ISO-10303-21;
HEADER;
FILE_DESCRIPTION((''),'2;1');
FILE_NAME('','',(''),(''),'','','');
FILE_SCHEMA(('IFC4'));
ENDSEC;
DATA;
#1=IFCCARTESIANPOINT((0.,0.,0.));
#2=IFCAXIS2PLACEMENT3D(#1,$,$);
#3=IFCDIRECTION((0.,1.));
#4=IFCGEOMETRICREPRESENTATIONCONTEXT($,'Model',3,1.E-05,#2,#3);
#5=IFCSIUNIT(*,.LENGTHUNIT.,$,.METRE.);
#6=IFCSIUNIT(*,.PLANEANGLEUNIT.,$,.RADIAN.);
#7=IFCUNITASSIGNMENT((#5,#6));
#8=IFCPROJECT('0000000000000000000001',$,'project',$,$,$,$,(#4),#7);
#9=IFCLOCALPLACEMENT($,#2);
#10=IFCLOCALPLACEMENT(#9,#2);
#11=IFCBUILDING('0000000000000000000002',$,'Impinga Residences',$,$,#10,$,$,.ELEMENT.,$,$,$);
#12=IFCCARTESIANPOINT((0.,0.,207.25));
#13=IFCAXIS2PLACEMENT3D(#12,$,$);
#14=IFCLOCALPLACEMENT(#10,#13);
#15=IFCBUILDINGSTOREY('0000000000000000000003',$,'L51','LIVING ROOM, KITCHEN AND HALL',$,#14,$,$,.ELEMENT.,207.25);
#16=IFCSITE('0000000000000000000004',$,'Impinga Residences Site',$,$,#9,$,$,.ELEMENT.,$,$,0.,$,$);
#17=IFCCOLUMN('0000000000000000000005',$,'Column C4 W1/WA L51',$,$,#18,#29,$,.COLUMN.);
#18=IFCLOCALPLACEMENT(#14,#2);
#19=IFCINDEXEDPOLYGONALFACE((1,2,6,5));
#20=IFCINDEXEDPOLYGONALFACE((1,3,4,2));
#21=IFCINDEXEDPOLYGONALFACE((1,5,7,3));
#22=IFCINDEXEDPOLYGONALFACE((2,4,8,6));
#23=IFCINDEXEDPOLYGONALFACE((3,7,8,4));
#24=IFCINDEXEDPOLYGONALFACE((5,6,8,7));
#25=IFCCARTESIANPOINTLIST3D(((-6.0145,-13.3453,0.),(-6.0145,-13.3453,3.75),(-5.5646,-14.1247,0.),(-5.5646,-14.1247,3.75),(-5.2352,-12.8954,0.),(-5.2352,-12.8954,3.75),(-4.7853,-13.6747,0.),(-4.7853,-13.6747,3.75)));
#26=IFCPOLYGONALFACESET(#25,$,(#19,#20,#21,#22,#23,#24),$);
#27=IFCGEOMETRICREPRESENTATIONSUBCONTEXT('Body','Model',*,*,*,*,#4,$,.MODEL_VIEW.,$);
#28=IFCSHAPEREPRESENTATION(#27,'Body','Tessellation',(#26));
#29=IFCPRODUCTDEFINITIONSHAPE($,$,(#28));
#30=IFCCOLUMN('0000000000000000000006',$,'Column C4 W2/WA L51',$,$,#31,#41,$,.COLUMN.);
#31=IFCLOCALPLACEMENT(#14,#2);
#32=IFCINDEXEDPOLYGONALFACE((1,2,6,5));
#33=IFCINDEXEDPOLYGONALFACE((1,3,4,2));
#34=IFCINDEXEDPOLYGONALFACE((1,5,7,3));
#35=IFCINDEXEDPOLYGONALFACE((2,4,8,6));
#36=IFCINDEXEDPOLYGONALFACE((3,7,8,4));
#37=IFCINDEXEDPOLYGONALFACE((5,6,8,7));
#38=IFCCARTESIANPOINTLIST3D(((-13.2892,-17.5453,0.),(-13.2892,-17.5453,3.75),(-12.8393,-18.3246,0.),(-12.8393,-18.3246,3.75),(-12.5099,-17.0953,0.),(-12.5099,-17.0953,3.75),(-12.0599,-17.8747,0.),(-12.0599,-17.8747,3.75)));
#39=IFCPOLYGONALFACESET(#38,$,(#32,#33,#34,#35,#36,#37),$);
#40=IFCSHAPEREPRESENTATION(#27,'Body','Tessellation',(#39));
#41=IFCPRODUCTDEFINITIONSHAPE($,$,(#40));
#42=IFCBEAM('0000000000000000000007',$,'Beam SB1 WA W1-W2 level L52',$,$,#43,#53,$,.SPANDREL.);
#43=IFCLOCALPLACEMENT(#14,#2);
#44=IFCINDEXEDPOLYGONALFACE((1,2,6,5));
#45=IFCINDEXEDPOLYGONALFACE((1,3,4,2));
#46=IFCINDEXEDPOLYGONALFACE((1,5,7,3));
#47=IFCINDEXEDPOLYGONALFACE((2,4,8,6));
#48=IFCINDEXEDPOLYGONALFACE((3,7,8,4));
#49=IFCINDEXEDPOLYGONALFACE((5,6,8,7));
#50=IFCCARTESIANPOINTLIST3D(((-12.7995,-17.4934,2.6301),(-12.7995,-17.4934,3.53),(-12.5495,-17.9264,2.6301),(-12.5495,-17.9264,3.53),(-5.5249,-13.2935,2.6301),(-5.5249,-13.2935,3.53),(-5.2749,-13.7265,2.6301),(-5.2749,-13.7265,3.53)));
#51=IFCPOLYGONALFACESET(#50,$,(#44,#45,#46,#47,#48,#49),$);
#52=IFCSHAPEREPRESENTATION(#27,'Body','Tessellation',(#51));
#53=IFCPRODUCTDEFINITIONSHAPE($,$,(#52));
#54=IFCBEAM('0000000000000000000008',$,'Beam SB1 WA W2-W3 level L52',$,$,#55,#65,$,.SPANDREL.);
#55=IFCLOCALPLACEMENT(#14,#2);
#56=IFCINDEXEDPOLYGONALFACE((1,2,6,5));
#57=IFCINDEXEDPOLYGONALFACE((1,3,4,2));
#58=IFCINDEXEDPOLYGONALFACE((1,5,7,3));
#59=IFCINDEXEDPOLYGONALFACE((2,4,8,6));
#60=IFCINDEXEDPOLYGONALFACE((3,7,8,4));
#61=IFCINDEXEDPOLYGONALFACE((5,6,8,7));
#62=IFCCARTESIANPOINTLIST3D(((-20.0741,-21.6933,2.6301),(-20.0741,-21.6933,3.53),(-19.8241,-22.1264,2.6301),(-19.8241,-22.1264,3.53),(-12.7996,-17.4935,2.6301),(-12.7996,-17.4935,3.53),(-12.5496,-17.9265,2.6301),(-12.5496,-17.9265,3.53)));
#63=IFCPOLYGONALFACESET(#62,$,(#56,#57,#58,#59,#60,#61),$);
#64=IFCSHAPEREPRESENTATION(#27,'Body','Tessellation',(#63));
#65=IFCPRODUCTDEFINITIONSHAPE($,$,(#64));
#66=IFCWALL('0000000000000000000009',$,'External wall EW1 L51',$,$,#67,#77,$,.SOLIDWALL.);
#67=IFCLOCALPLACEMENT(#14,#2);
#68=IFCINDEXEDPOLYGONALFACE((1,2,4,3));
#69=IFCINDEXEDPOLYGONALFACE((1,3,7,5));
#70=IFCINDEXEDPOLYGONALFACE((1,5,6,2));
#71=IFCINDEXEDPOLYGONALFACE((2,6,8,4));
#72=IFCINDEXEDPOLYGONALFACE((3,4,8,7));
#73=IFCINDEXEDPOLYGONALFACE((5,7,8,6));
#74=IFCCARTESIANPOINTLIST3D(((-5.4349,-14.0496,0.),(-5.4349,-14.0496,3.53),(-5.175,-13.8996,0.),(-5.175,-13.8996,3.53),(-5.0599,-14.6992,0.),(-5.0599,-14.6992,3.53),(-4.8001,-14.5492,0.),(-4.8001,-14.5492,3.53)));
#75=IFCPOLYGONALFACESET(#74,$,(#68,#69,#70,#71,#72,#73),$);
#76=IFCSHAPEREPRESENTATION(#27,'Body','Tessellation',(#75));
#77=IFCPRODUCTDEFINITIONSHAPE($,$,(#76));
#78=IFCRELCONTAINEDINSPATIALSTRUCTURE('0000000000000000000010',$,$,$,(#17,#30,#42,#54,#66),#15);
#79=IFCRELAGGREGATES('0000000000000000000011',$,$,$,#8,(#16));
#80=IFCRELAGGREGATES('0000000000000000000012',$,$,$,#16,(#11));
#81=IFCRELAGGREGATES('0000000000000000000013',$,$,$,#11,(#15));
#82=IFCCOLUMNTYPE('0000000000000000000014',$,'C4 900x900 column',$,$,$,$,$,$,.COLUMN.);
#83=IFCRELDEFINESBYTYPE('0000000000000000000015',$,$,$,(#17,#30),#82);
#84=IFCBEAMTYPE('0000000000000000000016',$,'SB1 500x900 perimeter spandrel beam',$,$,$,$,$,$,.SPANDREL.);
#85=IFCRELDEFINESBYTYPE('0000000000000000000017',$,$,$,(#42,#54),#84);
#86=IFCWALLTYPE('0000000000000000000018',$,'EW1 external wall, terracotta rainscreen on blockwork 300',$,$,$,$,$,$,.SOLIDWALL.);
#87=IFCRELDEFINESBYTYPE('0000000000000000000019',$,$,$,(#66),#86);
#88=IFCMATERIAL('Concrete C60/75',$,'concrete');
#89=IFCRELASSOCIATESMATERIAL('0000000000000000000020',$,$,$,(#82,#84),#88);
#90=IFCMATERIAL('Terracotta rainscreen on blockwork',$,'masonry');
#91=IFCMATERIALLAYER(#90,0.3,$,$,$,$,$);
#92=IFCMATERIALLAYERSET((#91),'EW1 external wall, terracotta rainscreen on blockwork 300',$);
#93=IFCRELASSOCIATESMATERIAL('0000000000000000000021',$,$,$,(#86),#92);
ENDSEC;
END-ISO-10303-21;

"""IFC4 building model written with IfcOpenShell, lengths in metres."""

from ifc_helpers import new_model, si_unit, direction, frame, frame_2d, origin, origin_2d, place, context, subcontext, project, spatial, rectangle, extrude, material, layer, layer_set, material_profile, profile_set, type_object, element, save


model = new_model("IFC4")

# Units and contexts
model_context = context("Model", 3, precision=1e-05, world=origin(), true_north=direction((0.0, 1.0)))
body_context = subcontext(model_context, "Body", "Model", "MODEL_VIEW")
ifc_project = project(units=[si_unit("LENGTHUNIT", "METRE"), si_unit("PLANEANGLEUNIT", "RADIAN")], contexts=[model_context])

# Site, building, storey
site_placement = place(None, origin())
site = spatial("IfcSite", under=ifc_project, at=site_placement, Name="Impinga Residences Site", CompositionType="ELEMENT", RefElevation=0.0)
building_placement = place(site_placement, origin())
building = spatial("IfcBuilding", under=site, at=building_placement, Name="Impinga Residences", CompositionType="ELEMENT")
storey_placement = place(building_placement, frame((0.0, 0.0, 207.25)))
storey = spatial("IfcBuildingStorey", under=building, at=storey_placement, Name="L51", Description="LIVING ROOM, KITCHEN AND HALL", CompositionType="ELEMENT", Elevation=207.25)

# Columns
ifc_material_1 = material(Name="Concrete C60/75", Category="concrete")
ifc_material_profile_1 = material_profile(ifc_material_1, rectangle(XDim=0.8999, YDim=0.8999, at=origin_2d()), Name="RC 900x900")
ifc_profile_set_1 = profile_set([ifc_material_profile_1], Name="Concrete C60/75")
column_type = type_object("IfcColumnType", Name="C4 900x900 column", PredefinedType="COLUMN", material=ifc_profile_set_1)
for number, where, z_axis, x_axis, name in (
    (1, (-5.3999, -13.51, 0.0), (0.0, 0.0, 1.0), (-0.5, 0.866025, 0.0), "Column C4 W1/WA L51"),
    (2, (-12.6746, -17.71, 0.0), (0.0, 0.0, 1.0), (-0.5, 0.866025, 0.0), "Column C4 W2/WA L51"),
):
    element("IfcColumn", number, at=place(storey_placement, frame(where, z_axis=z_axis, x_axis=x_axis)), inside=storey, type_object=column_type, Name=name, PredefinedType="COLUMN", context=body_context, shape_type="SweptSolid", body=[
        extrude(rectangle(XDim=0.8999, YDim=0.8999, at=origin_2d()), origin(), (0.0, 0.0, 1.0), 3.75),
    ])

# Beams
ifc_material_profile_2 = material_profile(ifc_material_1, rectangle(XDim=0.5, YDim=0.8999, at=origin_2d()), Name="RC 500x900")
ifc_profile_set_2 = profile_set([ifc_material_profile_2], Name="Concrete C60/75")
beam_type = type_object("IfcBeamType", Name="SB1 500x900 perimeter spandrel beam", PredefinedType="SPANDREL", material=ifc_profile_set_2)
for number, where, z_axis, x_axis, name in (
    (3, (-5.3999, -13.51, 3.0801), (-0.866029, -0.499993, 0.0), (0.499993, -0.866029, 0.0), "Beam SB1 WA W1-W2 level L52"),
    (4, (-12.6746, -17.71, 3.0801), (-0.866029, -0.499993, 0.0), (0.499993, -0.866029, 0.0), "Beam SB1 WA W2-W3 level L52"),
):
    element("IfcBeam", number, at=place(storey_placement, frame(where, z_axis=z_axis, x_axis=x_axis)), inside=storey, type_object=beam_type, Name=name, PredefinedType="SPANDREL", context=body_context, shape_type="SweptSolid", body=[
        extrude(rectangle(XDim=0.5, YDim=0.8999, at=origin_2d()), origin(), (0.0, 0.0, 1.0), 8.3999),
    ])

# Wall
ifc_material_2 = material(Name="Terracotta rainscreen on blockwork", Category="masonry")
ifc_layer_1 = layer(ifc_material_2, 0.3)
ifc_layer_set_1 = layer_set([ifc_layer_1], Name="EW1 external wall, terracotta rainscreen on blockwork 300")
wall_type_1 = type_object("IfcWallType", Name="EW1 external wall, terracotta rainscreen on blockwork 300", PredefinedType="SOLIDWALL", material=ifc_layer_set_1)
wall_1_placement = place(storey_placement, frame((-5.3049, -13.9746, 0.0), z_axis=(0.0, 0.0, 1.0), x_axis=(0.49992, -0.866072, 0.0)))
element("IfcWall", 5, at=wall_1_placement, inside=storey, type_object=wall_type_1, Name="External wall EW1 L51", PredefinedType="SOLIDWALL", context=body_context, shape_type="SweptSolid", body=[
    extrude(rectangle(XDim=0.75, YDim=0.3, at=frame_2d((0.375, 0.0))), origin(), (0.0, 0.0, 1.0), 3.53),
])

save(model, "model.ifc")
